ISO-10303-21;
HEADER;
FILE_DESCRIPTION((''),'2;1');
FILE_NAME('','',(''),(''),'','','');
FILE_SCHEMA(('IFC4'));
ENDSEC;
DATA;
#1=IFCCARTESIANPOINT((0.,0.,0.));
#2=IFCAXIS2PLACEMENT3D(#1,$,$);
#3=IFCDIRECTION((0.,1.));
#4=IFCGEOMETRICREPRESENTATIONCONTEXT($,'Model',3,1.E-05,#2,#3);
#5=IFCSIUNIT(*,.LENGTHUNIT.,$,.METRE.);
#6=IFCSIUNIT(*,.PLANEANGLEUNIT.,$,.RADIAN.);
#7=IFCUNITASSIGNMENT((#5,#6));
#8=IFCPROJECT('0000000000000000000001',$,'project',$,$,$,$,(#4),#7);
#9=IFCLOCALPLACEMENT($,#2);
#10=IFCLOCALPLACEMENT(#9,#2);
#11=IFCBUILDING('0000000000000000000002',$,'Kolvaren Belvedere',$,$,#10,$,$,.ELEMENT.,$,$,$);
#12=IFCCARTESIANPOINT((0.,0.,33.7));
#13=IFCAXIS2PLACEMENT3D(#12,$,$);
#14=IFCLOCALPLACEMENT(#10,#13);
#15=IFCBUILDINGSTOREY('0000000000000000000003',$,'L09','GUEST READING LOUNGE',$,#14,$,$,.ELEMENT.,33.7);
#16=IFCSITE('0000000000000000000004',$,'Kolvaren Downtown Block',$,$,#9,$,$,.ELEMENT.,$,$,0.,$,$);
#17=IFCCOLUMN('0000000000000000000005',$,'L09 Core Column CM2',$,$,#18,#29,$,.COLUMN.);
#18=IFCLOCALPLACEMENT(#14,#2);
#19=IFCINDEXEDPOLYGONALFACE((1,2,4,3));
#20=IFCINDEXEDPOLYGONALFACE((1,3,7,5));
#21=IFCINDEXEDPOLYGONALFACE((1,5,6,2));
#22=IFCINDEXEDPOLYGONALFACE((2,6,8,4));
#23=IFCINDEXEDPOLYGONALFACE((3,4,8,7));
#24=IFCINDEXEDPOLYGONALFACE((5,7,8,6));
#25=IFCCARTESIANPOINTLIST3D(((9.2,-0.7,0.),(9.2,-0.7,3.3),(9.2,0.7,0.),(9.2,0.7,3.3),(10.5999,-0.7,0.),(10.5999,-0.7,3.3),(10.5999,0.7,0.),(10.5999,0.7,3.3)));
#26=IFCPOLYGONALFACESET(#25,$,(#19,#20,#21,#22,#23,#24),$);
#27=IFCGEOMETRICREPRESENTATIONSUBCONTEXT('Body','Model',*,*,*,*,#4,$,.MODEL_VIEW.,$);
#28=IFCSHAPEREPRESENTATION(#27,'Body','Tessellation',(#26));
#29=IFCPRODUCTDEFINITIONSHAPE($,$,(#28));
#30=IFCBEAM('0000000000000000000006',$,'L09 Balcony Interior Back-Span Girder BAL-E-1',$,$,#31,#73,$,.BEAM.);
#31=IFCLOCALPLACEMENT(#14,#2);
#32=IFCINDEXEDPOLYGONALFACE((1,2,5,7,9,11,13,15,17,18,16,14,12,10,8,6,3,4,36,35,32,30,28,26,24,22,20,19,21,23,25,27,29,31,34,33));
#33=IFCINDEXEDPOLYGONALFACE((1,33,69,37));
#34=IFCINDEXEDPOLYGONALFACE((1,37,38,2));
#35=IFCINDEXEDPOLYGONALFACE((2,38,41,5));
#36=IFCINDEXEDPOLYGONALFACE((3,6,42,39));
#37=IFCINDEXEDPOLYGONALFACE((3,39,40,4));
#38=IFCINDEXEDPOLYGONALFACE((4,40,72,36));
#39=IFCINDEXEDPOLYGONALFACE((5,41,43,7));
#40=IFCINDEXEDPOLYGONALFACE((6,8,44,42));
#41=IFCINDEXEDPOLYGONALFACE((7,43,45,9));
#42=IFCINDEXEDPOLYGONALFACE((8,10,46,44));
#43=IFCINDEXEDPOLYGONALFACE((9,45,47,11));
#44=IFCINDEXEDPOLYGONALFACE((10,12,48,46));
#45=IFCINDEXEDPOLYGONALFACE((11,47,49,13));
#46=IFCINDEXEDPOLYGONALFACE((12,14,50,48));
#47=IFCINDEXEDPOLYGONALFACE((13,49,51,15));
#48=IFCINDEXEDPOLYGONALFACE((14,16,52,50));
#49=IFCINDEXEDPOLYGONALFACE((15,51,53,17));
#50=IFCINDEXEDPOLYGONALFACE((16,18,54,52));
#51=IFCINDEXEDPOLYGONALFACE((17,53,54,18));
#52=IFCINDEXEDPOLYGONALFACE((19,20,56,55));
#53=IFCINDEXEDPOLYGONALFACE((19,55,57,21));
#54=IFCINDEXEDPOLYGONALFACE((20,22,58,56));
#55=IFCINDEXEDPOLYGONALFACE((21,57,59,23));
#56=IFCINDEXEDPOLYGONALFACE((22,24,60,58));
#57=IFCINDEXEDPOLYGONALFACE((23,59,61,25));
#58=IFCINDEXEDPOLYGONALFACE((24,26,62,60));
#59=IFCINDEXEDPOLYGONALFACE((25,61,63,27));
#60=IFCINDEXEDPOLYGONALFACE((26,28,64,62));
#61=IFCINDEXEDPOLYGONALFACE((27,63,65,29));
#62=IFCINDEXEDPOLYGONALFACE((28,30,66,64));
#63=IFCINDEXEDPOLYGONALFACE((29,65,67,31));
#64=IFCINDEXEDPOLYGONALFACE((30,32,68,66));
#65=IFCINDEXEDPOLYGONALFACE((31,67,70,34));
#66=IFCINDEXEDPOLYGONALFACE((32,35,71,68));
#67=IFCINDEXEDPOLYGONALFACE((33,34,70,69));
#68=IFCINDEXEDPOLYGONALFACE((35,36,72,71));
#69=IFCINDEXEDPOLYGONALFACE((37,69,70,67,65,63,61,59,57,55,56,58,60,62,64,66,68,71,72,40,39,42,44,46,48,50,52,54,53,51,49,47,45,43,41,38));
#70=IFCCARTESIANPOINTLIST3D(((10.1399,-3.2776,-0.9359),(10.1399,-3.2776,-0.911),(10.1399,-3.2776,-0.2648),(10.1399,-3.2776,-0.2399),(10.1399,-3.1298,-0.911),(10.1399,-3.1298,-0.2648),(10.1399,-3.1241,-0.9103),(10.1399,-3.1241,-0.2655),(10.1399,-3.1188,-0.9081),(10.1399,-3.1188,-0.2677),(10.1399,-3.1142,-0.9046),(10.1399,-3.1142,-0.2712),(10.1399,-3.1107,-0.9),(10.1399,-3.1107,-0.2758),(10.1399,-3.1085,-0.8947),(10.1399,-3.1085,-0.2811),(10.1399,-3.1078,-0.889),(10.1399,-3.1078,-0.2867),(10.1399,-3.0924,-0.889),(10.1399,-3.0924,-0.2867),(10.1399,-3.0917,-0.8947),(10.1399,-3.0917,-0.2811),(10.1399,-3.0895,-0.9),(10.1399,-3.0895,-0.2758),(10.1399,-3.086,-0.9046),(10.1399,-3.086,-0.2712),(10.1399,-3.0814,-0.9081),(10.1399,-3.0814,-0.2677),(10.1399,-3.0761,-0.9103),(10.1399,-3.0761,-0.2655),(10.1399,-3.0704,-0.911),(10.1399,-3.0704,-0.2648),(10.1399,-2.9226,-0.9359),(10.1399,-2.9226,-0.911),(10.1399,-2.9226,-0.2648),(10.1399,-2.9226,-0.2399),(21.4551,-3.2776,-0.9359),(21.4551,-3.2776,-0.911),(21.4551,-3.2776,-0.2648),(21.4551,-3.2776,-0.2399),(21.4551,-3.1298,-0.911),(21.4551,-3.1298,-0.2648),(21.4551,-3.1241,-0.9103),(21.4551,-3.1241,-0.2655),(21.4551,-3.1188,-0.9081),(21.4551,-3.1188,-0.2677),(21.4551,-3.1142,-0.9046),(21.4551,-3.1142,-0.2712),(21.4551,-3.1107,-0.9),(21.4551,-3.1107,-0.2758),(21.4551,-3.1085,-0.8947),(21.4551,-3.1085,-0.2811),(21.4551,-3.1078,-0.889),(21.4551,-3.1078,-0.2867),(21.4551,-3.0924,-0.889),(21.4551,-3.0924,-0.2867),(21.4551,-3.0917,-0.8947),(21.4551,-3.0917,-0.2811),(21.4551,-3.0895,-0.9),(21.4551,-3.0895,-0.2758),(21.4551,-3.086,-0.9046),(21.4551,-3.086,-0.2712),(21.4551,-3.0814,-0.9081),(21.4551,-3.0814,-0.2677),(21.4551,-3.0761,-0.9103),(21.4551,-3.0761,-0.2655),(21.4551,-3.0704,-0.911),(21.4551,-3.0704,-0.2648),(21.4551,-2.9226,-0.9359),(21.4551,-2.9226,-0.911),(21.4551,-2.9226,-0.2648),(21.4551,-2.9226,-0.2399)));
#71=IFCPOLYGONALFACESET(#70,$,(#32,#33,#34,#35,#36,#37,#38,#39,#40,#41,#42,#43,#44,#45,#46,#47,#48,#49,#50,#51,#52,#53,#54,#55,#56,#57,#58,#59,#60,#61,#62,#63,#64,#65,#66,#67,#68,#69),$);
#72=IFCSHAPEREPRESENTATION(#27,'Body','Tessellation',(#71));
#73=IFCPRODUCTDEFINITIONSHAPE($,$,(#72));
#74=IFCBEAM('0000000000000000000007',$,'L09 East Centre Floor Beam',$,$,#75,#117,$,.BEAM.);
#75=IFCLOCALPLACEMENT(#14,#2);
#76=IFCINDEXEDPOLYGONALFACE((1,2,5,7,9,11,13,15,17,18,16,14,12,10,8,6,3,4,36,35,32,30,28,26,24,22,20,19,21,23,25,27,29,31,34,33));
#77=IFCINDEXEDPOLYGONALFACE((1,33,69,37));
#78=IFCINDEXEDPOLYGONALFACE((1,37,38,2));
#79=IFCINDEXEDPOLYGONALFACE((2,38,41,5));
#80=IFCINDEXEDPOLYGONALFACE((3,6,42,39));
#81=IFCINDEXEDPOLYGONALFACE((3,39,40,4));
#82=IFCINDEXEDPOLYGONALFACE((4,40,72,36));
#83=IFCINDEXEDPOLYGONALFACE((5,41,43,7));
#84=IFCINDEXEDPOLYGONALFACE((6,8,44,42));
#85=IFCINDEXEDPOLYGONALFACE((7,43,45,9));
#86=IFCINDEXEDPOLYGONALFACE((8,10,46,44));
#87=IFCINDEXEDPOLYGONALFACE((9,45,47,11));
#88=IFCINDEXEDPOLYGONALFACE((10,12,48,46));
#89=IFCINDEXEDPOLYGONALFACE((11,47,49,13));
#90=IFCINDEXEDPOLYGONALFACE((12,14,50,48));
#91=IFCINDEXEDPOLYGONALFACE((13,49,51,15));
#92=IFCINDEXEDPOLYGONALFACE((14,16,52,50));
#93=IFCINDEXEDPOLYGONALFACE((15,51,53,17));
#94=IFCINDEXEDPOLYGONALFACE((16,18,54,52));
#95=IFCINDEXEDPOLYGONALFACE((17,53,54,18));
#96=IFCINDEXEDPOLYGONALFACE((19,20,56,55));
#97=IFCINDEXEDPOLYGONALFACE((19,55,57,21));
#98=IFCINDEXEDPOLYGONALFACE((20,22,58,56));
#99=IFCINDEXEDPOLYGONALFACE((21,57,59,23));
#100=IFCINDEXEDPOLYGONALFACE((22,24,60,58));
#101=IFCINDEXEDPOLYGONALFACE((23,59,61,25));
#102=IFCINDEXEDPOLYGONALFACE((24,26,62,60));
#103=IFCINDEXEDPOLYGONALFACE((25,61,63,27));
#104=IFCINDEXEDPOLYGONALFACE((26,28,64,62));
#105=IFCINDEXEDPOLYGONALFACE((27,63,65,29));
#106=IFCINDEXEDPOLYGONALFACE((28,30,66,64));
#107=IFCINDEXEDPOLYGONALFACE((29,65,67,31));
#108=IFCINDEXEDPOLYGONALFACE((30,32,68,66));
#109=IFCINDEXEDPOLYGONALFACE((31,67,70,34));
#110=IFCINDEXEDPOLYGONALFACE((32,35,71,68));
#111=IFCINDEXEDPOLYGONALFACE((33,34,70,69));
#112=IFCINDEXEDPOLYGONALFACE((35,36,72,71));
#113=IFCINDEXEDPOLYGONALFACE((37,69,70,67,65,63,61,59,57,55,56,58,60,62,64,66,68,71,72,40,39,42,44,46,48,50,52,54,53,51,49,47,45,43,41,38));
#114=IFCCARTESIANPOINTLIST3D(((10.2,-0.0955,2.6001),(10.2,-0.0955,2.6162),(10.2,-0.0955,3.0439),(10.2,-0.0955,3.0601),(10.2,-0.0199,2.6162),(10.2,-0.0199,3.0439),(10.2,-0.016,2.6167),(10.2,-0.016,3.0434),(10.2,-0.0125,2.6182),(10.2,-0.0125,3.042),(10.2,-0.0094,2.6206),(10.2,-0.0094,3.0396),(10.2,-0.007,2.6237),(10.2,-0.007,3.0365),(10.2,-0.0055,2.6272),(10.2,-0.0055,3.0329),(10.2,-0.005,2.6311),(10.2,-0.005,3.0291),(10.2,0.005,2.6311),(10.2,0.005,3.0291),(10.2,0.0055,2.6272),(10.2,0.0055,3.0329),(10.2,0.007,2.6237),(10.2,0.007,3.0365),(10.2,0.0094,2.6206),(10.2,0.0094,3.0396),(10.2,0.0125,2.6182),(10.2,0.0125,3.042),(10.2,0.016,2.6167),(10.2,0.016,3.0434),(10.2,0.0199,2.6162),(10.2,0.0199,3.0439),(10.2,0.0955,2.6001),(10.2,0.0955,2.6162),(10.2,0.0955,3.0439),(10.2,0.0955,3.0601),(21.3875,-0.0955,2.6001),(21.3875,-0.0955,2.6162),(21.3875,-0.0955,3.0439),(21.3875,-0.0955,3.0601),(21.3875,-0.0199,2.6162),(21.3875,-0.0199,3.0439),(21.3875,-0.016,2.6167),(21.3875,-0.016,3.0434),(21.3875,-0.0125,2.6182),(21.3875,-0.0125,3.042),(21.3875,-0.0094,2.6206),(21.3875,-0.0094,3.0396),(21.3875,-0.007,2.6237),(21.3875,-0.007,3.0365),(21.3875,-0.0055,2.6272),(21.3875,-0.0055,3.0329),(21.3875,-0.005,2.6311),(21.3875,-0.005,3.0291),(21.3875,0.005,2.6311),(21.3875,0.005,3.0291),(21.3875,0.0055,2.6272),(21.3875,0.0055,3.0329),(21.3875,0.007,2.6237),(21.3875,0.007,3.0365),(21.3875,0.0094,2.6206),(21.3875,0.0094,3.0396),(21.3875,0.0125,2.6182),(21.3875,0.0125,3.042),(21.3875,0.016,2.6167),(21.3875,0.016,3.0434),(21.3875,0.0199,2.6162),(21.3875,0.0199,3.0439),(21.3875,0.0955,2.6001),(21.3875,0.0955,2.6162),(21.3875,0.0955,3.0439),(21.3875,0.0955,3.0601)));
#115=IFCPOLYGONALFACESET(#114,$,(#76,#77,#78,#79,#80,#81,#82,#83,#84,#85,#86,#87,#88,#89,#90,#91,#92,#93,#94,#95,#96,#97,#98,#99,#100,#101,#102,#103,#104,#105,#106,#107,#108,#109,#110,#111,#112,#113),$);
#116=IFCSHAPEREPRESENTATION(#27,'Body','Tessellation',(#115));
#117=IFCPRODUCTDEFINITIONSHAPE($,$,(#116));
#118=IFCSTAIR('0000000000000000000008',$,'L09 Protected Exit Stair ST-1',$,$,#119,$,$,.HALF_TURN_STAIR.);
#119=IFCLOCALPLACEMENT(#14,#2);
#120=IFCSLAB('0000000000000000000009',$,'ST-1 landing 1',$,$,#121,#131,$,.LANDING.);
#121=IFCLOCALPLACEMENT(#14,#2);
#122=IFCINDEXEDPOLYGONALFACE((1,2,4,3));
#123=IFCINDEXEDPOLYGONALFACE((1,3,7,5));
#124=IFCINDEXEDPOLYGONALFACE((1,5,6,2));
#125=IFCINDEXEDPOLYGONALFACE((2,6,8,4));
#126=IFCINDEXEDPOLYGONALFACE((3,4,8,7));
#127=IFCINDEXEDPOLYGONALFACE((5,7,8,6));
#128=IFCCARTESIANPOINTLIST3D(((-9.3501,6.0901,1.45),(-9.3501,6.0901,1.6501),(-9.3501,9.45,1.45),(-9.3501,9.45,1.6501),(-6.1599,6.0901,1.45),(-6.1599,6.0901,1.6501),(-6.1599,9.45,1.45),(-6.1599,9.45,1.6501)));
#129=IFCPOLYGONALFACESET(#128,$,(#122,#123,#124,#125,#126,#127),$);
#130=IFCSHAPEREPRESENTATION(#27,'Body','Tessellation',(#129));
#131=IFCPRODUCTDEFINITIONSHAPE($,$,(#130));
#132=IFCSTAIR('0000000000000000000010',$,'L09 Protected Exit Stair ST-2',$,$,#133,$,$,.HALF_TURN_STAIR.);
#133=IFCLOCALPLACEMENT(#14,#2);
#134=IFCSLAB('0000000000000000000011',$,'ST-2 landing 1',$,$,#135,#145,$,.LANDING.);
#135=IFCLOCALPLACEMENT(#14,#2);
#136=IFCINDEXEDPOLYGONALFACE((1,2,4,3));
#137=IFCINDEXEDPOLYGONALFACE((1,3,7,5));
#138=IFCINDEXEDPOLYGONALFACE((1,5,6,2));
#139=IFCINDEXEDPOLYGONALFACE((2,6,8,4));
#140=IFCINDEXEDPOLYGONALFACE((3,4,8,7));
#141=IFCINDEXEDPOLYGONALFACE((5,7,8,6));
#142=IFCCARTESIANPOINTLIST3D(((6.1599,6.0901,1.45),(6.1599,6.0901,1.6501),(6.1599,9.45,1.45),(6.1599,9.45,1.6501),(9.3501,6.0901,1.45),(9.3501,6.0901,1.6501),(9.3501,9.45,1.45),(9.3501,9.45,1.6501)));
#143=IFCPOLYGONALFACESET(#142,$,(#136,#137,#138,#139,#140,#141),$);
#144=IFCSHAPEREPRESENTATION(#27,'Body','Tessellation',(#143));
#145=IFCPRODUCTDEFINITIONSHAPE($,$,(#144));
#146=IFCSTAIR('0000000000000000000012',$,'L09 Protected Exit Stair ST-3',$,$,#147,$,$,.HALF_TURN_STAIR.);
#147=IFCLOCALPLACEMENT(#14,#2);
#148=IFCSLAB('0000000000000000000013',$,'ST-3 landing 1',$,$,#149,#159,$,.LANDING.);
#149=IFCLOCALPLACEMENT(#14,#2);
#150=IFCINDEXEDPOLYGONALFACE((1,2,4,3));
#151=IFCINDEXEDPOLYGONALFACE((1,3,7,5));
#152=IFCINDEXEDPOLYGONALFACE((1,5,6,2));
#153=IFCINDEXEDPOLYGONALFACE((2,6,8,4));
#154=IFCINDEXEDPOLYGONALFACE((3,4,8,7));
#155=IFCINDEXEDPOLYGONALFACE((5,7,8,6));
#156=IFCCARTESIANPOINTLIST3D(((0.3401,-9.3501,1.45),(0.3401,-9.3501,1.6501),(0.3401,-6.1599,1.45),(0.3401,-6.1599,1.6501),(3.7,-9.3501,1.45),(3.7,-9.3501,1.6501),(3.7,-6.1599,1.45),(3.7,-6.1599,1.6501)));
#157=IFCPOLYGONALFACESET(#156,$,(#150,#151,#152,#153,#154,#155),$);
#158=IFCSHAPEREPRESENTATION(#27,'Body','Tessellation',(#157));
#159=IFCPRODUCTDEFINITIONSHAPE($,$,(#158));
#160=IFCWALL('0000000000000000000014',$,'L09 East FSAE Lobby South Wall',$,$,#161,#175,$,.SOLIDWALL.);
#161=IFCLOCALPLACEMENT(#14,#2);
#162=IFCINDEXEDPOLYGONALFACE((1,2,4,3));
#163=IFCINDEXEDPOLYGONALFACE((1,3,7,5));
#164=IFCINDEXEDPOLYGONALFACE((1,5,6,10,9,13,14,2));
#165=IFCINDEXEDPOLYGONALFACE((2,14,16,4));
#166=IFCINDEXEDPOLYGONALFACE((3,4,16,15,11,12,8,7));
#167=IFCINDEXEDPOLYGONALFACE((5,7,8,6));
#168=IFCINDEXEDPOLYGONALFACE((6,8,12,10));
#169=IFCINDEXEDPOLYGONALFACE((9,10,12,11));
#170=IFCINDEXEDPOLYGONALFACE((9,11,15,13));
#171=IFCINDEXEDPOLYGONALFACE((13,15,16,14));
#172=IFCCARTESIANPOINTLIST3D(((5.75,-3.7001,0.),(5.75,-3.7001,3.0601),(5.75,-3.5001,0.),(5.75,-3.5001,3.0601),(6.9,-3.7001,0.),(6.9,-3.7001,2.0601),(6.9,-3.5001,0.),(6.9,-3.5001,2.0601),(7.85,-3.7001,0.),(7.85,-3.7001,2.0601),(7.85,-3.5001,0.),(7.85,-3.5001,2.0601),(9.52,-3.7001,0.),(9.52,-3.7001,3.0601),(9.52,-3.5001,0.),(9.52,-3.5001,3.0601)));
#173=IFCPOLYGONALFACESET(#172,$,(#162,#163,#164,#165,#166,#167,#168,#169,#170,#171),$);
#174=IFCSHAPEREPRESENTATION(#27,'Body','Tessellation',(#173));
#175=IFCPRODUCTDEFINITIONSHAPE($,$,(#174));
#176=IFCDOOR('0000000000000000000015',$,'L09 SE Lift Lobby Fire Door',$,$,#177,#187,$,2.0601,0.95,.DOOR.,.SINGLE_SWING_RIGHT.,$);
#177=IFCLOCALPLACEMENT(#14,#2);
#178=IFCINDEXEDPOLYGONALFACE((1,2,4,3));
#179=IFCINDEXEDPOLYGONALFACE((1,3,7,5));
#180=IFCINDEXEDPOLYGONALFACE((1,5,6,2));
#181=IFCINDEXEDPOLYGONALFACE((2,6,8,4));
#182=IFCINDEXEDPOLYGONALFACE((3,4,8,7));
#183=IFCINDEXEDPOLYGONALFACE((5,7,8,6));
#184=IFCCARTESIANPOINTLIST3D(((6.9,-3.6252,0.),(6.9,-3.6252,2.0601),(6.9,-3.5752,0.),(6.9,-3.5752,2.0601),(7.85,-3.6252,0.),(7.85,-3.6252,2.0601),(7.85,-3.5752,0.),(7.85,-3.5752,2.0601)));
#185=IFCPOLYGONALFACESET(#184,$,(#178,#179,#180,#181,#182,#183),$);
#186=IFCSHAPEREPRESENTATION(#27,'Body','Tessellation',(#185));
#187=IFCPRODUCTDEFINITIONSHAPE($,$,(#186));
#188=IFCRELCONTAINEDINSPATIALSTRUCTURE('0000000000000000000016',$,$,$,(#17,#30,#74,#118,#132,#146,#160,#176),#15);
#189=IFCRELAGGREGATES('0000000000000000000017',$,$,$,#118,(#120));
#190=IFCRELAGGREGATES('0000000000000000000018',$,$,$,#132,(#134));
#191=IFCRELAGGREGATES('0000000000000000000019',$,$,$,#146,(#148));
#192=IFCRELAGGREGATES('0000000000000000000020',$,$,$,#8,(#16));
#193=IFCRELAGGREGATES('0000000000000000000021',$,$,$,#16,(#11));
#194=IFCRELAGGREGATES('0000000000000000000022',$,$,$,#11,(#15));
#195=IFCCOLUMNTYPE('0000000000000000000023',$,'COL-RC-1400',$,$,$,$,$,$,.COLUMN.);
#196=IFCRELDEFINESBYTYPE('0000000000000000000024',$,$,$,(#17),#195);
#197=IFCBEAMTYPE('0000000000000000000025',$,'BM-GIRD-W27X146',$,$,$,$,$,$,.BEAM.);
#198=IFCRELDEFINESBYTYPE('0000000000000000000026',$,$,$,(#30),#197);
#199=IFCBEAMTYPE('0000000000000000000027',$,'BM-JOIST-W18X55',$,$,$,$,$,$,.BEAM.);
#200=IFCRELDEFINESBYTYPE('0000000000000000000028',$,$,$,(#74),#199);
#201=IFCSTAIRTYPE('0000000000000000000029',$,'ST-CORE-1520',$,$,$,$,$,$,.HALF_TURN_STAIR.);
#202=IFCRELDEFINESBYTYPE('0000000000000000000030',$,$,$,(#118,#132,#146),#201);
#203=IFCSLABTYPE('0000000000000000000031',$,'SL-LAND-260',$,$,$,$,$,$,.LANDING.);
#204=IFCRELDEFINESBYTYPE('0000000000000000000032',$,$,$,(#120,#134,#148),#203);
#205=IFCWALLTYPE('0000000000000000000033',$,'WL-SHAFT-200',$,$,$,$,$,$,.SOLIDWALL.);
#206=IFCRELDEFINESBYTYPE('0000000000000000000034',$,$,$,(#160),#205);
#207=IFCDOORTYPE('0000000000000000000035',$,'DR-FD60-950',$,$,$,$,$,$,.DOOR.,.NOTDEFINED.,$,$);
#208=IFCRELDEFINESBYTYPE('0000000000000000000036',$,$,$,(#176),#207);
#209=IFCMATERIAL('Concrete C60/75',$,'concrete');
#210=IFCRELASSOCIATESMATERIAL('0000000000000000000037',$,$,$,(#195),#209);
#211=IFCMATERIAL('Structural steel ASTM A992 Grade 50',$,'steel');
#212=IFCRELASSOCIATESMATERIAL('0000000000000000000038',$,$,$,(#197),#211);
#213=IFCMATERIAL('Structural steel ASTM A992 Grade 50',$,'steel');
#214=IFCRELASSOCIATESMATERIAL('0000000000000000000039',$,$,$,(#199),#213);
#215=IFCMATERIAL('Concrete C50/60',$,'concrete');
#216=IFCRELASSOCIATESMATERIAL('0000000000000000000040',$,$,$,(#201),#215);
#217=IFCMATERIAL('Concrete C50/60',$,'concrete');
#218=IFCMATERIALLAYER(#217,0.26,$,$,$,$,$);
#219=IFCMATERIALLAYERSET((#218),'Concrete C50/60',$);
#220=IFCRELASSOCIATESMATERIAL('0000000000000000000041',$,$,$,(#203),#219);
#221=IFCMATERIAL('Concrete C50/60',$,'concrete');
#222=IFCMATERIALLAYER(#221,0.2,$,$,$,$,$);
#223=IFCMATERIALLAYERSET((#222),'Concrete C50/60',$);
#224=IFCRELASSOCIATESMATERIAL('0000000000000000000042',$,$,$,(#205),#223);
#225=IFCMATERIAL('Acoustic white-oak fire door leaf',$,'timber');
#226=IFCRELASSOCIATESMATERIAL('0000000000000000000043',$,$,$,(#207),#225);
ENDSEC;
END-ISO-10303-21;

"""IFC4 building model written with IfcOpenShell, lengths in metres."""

from ifc_helpers import new_model, si_unit, direction, frame, frame_2d, origin, origin_2d, place, context, subcontext, project, spatial, polyline, rectangle, i_section, outline, extrude, material, layer, layer_set, material_profile, profile_set, type_object, element, fill, aggregate, save


model = new_model("IFC4")

# Units and contexts
model_context = context("Model", 3, precision=1e-05, world=origin(), true_north=direction((0.0, 1.0)))
body_context = subcontext(model_context, "Body", "Model", "MODEL_VIEW")
ifc_project = project(units=[si_unit("LENGTHUNIT", "METRE"), si_unit("PLANEANGLEUNIT", "RADIAN")], contexts=[model_context])

# Site, building, storey
site_placement = place(None, origin())
site = spatial("IfcSite", under=ifc_project, at=site_placement, Name="Kolvaren Downtown Block", CompositionType="ELEMENT", RefElevation=0.0)
building_placement = place(site_placement, origin())
building = spatial("IfcBuilding", under=site, at=building_placement, Name="Kolvaren Belvedere", CompositionType="ELEMENT")
storey_placement = place(building_placement, frame((0.0, 0.0, 33.7)))
storey = spatial("IfcBuildingStorey", under=building, at=storey_placement, Name="L09", Description="GUEST READING LOUNGE", CompositionType="ELEMENT", Elevation=33.7)

# Column
ifc_material_1 = material(Name="Concrete C60/75", Category="concrete")
ifc_material_profile_1 = material_profile(ifc_material_1, rectangle(XDim=1.3999, YDim=1.3999, at=origin_2d()), Name="RC 1400X1400")
ifc_profile_set_1 = profile_set([ifc_material_profile_1], Name="Concrete C60/75")
column_type = type_object("IfcColumnType", Name="COL-RC-1400", PredefinedType="COLUMN", material=ifc_profile_set_1)
column_placement = place(storey_placement, frame((9.8999, 0.0, 0.0), z_axis=(0.0, 0.0, 1.0), x_axis=(1.0, 0.0, 0.0)))
element("IfcColumn", 1, at=column_placement, inside=storey, type_object=column_type, Name="L09 Core Column CM2", PredefinedType="COLUMN", context=body_context, shape_type="SweptSolid", body=[
    extrude(rectangle(XDim=1.3999, YDim=1.3999, at=origin_2d()), origin(), (0.0, 0.0, 1.0), 3.3),
])

# Beams
ifc_material_2 = material(Name="Structural steel ASTM A992 Grade 50", Category="steel")
ifc_material_profile_2 = material_profile(ifc_material_2, i_section(OverallWidth=0.355, OverallDepth=0.696, WebThickness=0.0154, FlangeThickness=0.0249, FilletRadius=0.022, at=origin_2d()), Name="W27X146")
ifc_profile_set_2 = profile_set([ifc_material_profile_2], Name="Structural steel ASTM A992 Grade 50")
beam_type_1 = type_object("IfcBeamType", Name="BM-GIRD-W27X146", PredefinedType="BEAM", material=ifc_profile_set_2)
beam_1_placement = place(storey_placement, frame((10.1399, -3.1001, -0.5879), z_axis=(1.0, 0.0, 0.0), x_axis=(0.0, 1.0, 0.0)))
element("IfcBeam", 2, at=beam_1_placement, inside=storey, type_object=beam_type_1, Name="L09 Balcony Interior Back-Span Girder BAL-E-1", PredefinedType="BEAM", context=body_context, shape_type="SweptSolid", body=[
    extrude(i_section(OverallWidth=0.355, OverallDepth=0.696, WebThickness=0.0154, FlangeThickness=0.0249, FilletRadius=0.022, at=origin_2d()), origin(), (0.0, 0.0, 1.0), 11.3152),
])
ifc_material_3 = material(Name="Structural steel ASTM A992 Grade 50", Category="steel")
ifc_material_profile_3 = material_profile(ifc_material_3, i_section(OverallWidth=0.1909, OverallDepth=0.46, WebThickness=0.01, FlangeThickness=0.0161, FilletRadius=0.0149, at=origin_2d()), Name="W18X55")
ifc_profile_set_3 = profile_set([ifc_material_profile_3], Name="Structural steel ASTM A992 Grade 50")
beam_type_2 = type_object("IfcBeamType", Name="BM-JOIST-W18X55", PredefinedType="BEAM", material=ifc_profile_set_3)
beam_2_placement = place(storey_placement, frame((10.2, 0.0, 2.8301), z_axis=(1.0, 0.0, 0.0), x_axis=(0.0, 1.0, 0.0)))
element("IfcBeam", 3, at=beam_2_placement, inside=storey, type_object=beam_type_2, Name="L09 East Centre Floor Beam", PredefinedType="BEAM", context=body_context, shape_type="SweptSolid", body=[
    extrude(i_section(OverallWidth=0.1909, OverallDepth=0.46, WebThickness=0.01, FlangeThickness=0.0161, FilletRadius=0.0149, at=origin_2d()), origin(), (0.0, 0.0, 1.0), 11.1875),
])

# Stairs, slabs
ifc_material_4 = material(Name="Concrete C50/60", Category="concrete")
stair_type = type_object("IfcStairType", Name="ST-CORE-1520", PredefinedType="HALF_TURN_STAIR", material=ifc_material_4)
stair_1_placement = place(storey_placement, origin())
stair_1 = element("IfcStair", 4, at=stair_1_placement, inside=storey, type_object=stair_type, Name="L09 Protected Exit Stair ST-1", PredefinedType="HALF_TURN_STAIR")
ifc_material_5 = material(Name="Concrete C50/60", Category="concrete")
ifc_layer_1 = layer(ifc_material_5, 0.26)
ifc_layer_set_1 = layer_set([ifc_layer_1], Name="Concrete C50/60")
slab_type = type_object("IfcSlabType", Name="SL-LAND-260", PredefinedType="LANDING", material=ifc_layer_set_1)
slab_1_placement = place(storey_placement, frame((0.0, 0.0, 1.45)))
slab_1 = element("IfcSlab", 5, at=slab_1_placement, type_object=slab_type, Name="ST-1 landing 1", PredefinedType="LANDING", context=body_context, shape_type="SweptSolid", body=[
    extrude(outline(polyline([(-6.1599, 6.0901), (-6.1599, 9.45), (-9.3501, 9.45), (-9.3501, 6.0901), (-6.1599, 6.0901)])), origin(), (0.0, 0.0, 1.0), 0.2002),
])
aggregate(stair_1, [slab_1])
stair_2_placement = place(storey_placement, origin())
stair_2 = element("IfcStair", 6, at=stair_2_placement, inside=storey, type_object=stair_type, Name="L09 Protected Exit Stair ST-2", PredefinedType="HALF_TURN_STAIR")
slab_2_placement = place(storey_placement, frame((0.0, 0.0, 1.45)))
slab_2 = element("IfcSlab", 7, at=slab_2_placement, type_object=slab_type, Name="ST-2 landing 1", PredefinedType="LANDING", context=body_context, shape_type="SweptSolid", body=[
    extrude(outline(polyline([(9.3501, 6.0901), (9.3501, 9.45), (6.1599, 9.45), (6.1599, 6.0901), (9.3501, 6.0901)])), origin(), (0.0, 0.0, 1.0), 0.2002),
])
aggregate(stair_2, [slab_2])
stair_3_placement = place(storey_placement, origin())
stair_3 = element("IfcStair", 8, at=stair_3_placement, inside=storey, type_object=stair_type, Name="L09 Protected Exit Stair ST-3", PredefinedType="HALF_TURN_STAIR")
slab_3_placement = place(storey_placement, frame((0.0, 0.0, 1.45)))
slab_3 = element("IfcSlab", 9, at=slab_3_placement, type_object=slab_type, Name="ST-3 landing 1", PredefinedType="LANDING", context=body_context, shape_type="SweptSolid", body=[
    extrude(outline(polyline([(0.3401, -9.3501), (3.7, -9.3501), (3.7, -6.1599), (0.3401, -6.1599), (0.3401, -9.3501)])), origin(), (0.0, 0.0, 1.0), 0.2002),
])
aggregate(stair_3, [slab_3])

# Wall, opening, door
ifc_material_6 = material(Name="Concrete C50/60", Category="concrete")
ifc_layer_2 = layer(ifc_material_6, 0.2)
ifc_layer_set_2 = layer_set([ifc_layer_2], Name="Concrete C50/60")
wall_type = type_object("IfcWallType", Name="WL-SHAFT-200", PredefinedType="SOLIDWALL", material=ifc_layer_set_2)
wall_1_placement = place(storey_placement, frame((5.75, -3.6001, 0.0), z_axis=(0.0, 0.0, 1.0), x_axis=(1.0, 0.0, 0.0)))
wall_1 = element("IfcWall", 10, at=wall_1_placement, inside=storey, type_object=wall_type, Name="L09 East FSAE Lobby South Wall", PredefinedType="SOLIDWALL", context=body_context, shape_type="SweptSolid", body=[
    extrude(rectangle(XDim=3.77, YDim=0.2, at=frame_2d((1.885, 0.0))), origin(), (0.0, 0.0, 1.0), 3.0601),
])
opening_1_placement = place(wall_1_placement, frame((1.1499, 0.0, 0.0)))
opening_1 = element("IfcOpeningElement", 11, at=opening_1_placement, cuts=wall_1, PredefinedType="OPENING", context=body_context, shape_type="SweptSolid", body=[
    extrude(rectangle(XDim=0.95, YDim=2.0601, at=frame_2d((0.4751, 1.03))), frame((0.0, 0.1099, 0.0), z_axis=(0.0, -1.0, 0.0), x_axis=(1.0, 0.0, 0.0)), (0.0, 0.0, 1.0), 0.22),
])
ifc_material_7 = material(Name="Acoustic white-oak fire door leaf", Category="timber")
door_type_1 = type_object("IfcDoorType", Name="DR-FD60-950", OperationType="NOTDEFINED", PredefinedType="DOOR", material=ifc_material_7)
door_1_placement = place(opening_1_placement, origin())
door_1 = element("IfcDoor", 12, at=door_1_placement, inside=storey, type_object=door_type_1, Name="L09 SE Lift Lobby Fire Door", OperationType="SINGLE_SWING_RIGHT", OverallHeight=2.0601, OverallWidth=0.95, PredefinedType="DOOR", context=body_context, shape_type="SweptSolid", body=[
    extrude(rectangle(XDim=0.95, YDim=2.0601, at=frame_2d((0.4751, 1.03))), frame((0.0, 0.0249, 0.0), z_axis=(0.0, -1.0, 0.0), x_axis=(1.0, 0.0, 0.0)), (0.0, 0.0, 1.0), 0.05),
])
fill(opening_1, door_1)

save(model, "model.ifc")
